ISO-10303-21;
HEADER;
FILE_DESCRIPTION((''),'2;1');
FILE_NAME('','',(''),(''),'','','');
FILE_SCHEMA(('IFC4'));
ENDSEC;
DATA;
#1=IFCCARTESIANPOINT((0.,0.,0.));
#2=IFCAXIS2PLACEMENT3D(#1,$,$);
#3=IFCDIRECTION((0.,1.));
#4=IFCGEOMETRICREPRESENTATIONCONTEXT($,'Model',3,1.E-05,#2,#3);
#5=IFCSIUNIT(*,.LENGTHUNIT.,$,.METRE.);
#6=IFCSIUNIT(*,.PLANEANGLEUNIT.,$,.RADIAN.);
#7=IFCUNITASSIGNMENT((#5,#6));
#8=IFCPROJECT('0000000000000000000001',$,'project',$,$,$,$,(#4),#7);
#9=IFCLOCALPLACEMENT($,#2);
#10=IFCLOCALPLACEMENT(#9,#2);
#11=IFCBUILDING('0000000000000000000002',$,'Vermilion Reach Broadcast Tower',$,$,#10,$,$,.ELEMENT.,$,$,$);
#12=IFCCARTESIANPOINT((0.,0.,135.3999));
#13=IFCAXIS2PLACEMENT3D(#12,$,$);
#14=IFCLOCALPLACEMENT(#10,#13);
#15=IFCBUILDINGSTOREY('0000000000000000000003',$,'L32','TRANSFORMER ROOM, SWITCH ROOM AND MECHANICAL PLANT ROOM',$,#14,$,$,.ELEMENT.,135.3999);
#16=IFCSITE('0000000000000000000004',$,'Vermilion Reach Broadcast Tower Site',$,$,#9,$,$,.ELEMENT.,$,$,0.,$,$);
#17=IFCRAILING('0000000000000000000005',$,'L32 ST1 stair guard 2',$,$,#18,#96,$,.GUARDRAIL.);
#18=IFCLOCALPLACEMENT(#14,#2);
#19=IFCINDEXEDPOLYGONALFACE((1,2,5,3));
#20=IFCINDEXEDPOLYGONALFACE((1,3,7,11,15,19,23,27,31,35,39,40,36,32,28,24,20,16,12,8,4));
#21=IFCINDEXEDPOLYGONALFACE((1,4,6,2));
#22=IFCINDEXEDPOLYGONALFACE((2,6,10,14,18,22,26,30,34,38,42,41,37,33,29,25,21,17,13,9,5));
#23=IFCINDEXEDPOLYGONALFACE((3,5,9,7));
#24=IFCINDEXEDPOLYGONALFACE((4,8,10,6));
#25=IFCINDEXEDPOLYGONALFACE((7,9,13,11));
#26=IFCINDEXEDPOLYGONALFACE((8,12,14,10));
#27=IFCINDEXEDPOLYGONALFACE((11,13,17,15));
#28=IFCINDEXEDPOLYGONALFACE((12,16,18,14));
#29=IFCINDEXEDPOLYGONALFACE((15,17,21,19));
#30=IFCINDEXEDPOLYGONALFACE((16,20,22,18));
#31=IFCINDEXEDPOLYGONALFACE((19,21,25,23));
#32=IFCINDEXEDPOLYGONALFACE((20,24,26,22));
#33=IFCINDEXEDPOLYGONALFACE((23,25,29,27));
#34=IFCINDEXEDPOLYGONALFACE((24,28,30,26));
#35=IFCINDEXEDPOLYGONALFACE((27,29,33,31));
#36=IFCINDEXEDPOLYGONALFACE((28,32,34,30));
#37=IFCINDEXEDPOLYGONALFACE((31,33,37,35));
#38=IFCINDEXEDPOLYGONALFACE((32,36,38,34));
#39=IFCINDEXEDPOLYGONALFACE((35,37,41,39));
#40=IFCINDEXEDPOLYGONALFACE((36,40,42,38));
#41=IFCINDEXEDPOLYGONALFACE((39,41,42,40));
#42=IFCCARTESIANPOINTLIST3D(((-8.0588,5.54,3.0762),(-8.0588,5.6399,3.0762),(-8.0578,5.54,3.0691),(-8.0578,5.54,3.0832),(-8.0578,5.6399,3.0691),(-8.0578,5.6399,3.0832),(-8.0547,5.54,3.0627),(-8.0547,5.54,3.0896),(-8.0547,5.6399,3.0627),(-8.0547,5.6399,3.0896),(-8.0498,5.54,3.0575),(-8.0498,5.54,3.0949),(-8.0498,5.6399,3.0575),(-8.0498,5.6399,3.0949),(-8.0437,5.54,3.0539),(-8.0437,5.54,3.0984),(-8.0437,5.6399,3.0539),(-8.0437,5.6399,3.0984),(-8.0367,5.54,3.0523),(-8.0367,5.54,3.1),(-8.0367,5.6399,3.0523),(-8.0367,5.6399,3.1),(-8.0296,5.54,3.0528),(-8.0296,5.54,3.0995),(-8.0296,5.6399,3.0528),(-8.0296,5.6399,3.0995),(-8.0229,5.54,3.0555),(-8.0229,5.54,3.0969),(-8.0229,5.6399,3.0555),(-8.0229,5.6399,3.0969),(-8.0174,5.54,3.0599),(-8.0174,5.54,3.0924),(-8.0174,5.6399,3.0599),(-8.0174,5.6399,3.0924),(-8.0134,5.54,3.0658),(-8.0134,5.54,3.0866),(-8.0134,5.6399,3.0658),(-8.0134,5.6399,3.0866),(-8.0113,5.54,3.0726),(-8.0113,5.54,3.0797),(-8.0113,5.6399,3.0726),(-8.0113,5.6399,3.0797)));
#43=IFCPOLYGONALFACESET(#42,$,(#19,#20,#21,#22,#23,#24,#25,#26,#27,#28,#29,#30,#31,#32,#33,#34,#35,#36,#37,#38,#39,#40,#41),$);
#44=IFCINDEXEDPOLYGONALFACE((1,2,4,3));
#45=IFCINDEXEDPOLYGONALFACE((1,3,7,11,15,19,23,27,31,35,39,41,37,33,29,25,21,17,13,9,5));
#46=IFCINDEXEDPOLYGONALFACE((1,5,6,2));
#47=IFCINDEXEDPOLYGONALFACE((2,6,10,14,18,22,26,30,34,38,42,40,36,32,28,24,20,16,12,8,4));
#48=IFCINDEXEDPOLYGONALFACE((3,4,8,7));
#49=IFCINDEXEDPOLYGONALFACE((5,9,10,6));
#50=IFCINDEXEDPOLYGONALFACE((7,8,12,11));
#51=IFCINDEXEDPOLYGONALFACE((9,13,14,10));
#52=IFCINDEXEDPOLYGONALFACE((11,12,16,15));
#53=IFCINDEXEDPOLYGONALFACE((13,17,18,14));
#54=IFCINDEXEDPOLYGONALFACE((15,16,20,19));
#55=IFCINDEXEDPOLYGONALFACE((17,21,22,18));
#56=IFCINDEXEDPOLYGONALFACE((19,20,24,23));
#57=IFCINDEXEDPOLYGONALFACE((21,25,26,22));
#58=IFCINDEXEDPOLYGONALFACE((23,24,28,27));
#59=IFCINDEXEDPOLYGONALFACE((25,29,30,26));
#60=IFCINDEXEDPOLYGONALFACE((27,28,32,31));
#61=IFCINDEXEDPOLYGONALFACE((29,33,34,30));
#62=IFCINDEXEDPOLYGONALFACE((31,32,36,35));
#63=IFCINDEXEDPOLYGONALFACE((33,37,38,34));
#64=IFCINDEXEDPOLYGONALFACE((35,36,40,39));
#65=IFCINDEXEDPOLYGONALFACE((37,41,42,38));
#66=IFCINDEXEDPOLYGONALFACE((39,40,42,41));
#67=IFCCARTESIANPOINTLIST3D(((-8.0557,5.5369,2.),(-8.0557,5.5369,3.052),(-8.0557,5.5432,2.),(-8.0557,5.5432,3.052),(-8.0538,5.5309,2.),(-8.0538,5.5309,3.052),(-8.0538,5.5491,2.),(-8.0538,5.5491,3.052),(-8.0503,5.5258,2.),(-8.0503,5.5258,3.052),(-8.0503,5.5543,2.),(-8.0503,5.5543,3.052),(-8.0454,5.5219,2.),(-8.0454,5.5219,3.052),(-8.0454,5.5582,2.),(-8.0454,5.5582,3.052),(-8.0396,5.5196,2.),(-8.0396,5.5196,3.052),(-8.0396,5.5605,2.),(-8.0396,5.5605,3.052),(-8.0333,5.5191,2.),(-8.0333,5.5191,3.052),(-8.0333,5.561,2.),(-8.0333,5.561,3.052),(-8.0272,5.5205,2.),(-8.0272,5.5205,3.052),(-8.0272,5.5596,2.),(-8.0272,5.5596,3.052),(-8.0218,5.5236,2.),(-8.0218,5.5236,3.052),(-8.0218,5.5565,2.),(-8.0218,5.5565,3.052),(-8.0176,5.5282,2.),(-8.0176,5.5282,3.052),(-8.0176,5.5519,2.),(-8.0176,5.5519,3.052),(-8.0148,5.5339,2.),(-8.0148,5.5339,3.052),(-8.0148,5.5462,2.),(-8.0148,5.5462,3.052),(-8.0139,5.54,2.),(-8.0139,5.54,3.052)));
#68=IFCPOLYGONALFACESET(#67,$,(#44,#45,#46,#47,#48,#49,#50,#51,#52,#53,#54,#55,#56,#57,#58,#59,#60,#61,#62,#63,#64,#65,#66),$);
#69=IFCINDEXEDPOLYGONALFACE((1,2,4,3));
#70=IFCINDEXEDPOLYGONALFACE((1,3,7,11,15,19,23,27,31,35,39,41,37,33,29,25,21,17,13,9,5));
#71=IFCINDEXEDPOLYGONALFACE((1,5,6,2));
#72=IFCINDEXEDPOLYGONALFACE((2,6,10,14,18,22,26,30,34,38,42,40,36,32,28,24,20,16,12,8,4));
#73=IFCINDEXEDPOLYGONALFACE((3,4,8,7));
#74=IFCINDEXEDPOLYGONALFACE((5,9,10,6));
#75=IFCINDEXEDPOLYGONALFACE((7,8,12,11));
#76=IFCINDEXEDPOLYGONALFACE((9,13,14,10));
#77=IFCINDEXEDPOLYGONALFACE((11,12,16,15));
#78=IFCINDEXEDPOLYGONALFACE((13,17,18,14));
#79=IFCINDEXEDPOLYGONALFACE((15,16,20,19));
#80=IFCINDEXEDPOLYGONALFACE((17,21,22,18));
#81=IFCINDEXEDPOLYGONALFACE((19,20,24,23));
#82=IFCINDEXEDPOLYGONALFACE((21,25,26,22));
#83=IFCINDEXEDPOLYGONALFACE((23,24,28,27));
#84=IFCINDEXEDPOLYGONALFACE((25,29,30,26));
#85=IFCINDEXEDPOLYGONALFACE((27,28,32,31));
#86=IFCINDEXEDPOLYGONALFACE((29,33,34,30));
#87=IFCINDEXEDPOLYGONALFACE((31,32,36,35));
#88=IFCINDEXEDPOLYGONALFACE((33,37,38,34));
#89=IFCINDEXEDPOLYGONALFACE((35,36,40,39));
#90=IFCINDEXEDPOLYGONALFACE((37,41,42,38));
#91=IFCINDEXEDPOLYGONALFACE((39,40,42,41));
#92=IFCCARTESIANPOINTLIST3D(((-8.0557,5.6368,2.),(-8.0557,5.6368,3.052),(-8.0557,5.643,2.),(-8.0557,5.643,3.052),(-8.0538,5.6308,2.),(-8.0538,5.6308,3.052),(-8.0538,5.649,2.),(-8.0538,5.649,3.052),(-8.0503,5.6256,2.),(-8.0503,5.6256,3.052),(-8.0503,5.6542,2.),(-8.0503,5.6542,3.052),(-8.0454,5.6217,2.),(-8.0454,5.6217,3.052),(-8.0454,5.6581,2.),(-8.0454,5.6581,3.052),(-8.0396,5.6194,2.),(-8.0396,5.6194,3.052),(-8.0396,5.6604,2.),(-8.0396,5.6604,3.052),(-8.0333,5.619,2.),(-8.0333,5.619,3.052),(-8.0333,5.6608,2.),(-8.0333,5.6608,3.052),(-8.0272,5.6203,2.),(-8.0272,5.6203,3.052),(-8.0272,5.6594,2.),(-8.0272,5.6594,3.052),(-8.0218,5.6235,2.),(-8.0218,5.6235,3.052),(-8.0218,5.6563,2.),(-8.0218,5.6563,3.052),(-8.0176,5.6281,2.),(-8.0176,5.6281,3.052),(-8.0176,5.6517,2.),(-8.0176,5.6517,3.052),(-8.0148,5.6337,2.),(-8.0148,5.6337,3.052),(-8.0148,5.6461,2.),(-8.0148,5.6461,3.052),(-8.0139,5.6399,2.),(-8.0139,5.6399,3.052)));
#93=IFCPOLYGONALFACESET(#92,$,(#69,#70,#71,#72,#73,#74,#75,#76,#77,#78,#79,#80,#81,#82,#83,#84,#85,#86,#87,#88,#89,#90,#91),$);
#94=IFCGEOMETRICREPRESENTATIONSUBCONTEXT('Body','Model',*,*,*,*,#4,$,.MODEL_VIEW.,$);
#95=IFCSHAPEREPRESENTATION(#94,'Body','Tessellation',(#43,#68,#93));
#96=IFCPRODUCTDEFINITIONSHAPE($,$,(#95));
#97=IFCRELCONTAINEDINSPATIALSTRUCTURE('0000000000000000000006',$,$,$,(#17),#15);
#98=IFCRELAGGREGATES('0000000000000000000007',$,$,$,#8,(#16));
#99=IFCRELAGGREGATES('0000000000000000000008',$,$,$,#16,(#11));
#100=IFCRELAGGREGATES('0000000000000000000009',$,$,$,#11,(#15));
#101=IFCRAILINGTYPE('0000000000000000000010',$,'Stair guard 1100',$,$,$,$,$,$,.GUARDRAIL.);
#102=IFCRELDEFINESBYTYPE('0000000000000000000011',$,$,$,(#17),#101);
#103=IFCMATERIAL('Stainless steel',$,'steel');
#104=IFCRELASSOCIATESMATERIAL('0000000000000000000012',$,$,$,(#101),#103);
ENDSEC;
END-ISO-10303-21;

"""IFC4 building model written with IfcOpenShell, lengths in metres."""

from ifc_helpers import new_model, si_unit, direction, frame, origin, origin_2d, place, context, subcontext, project, spatial, circle, extrude, material, type_object, element, save


model = new_model("IFC4")

# Units and contexts
model_context = context("Model", 3, precision=1e-05, world=origin(), true_north=direction((0.0, 1.0)))
body_context = subcontext(model_context, "Body", "Model", "MODEL_VIEW")
ifc_project = project(units=[si_unit("LENGTHUNIT", "METRE"), si_unit("PLANEANGLEUNIT", "RADIAN")], contexts=[model_context])

# Site, building, storey
site_placement = place(None, origin())
site = spatial("IfcSite", under=ifc_project, at=site_placement, Name="Vermilion Reach Broadcast Tower Site", CompositionType="ELEMENT", RefElevation=0.0)
building_placement = place(site_placement, origin())
building = spatial("IfcBuilding", under=site, at=building_placement, Name="Vermilion Reach Broadcast Tower", CompositionType="ELEMENT")
storey_placement = place(building_placement, frame((0.0, 0.0, 135.3999)))
storey = spatial("IfcBuildingStorey", under=building, at=storey_placement, Name="L32", Description="TRANSFORMER ROOM, SWITCH ROOM AND MECHANICAL PLANT ROOM", CompositionType="ELEMENT", Elevation=135.3999)

# Railing
ifc_material_1 = material(Name="Stainless steel", Category="steel")
railing_type_1 = type_object("IfcRailingType", Name="Stair guard 1100", PredefinedType="GUARDRAIL", material=ifc_material_1)
railing_1_placement = place(storey_placement, frame((-8.0349, 5.54, 2.0)))
element("IfcRailing", 1, at=railing_1_placement, inside=storey, type_object=railing_type_1, Name="L32 ST1 stair guard 2", PredefinedType="GUARDRAIL", context=body_context, shape_type="SweptSolid", body=[
    extrude(circle(Radius=0.0239, at=origin_2d()), frame((0.0, 0.0, 1.0762), z_axis=(0.0, 1.0, 0.0), x_axis=(-1.0, 0.0, 0.0)), (0.0, 0.0, 1.0), 0.0999),
    extrude(circle(Radius=0.021, at=origin_2d()), origin(), (0.0, 0.0, 1.0), 1.052),
    extrude(circle(Radius=0.021, at=origin_2d()), frame((0.0, 0.0999, 0.0)), (0.0, 0.0, 1.0), 1.052),
])

save(model, "model.ifc")
